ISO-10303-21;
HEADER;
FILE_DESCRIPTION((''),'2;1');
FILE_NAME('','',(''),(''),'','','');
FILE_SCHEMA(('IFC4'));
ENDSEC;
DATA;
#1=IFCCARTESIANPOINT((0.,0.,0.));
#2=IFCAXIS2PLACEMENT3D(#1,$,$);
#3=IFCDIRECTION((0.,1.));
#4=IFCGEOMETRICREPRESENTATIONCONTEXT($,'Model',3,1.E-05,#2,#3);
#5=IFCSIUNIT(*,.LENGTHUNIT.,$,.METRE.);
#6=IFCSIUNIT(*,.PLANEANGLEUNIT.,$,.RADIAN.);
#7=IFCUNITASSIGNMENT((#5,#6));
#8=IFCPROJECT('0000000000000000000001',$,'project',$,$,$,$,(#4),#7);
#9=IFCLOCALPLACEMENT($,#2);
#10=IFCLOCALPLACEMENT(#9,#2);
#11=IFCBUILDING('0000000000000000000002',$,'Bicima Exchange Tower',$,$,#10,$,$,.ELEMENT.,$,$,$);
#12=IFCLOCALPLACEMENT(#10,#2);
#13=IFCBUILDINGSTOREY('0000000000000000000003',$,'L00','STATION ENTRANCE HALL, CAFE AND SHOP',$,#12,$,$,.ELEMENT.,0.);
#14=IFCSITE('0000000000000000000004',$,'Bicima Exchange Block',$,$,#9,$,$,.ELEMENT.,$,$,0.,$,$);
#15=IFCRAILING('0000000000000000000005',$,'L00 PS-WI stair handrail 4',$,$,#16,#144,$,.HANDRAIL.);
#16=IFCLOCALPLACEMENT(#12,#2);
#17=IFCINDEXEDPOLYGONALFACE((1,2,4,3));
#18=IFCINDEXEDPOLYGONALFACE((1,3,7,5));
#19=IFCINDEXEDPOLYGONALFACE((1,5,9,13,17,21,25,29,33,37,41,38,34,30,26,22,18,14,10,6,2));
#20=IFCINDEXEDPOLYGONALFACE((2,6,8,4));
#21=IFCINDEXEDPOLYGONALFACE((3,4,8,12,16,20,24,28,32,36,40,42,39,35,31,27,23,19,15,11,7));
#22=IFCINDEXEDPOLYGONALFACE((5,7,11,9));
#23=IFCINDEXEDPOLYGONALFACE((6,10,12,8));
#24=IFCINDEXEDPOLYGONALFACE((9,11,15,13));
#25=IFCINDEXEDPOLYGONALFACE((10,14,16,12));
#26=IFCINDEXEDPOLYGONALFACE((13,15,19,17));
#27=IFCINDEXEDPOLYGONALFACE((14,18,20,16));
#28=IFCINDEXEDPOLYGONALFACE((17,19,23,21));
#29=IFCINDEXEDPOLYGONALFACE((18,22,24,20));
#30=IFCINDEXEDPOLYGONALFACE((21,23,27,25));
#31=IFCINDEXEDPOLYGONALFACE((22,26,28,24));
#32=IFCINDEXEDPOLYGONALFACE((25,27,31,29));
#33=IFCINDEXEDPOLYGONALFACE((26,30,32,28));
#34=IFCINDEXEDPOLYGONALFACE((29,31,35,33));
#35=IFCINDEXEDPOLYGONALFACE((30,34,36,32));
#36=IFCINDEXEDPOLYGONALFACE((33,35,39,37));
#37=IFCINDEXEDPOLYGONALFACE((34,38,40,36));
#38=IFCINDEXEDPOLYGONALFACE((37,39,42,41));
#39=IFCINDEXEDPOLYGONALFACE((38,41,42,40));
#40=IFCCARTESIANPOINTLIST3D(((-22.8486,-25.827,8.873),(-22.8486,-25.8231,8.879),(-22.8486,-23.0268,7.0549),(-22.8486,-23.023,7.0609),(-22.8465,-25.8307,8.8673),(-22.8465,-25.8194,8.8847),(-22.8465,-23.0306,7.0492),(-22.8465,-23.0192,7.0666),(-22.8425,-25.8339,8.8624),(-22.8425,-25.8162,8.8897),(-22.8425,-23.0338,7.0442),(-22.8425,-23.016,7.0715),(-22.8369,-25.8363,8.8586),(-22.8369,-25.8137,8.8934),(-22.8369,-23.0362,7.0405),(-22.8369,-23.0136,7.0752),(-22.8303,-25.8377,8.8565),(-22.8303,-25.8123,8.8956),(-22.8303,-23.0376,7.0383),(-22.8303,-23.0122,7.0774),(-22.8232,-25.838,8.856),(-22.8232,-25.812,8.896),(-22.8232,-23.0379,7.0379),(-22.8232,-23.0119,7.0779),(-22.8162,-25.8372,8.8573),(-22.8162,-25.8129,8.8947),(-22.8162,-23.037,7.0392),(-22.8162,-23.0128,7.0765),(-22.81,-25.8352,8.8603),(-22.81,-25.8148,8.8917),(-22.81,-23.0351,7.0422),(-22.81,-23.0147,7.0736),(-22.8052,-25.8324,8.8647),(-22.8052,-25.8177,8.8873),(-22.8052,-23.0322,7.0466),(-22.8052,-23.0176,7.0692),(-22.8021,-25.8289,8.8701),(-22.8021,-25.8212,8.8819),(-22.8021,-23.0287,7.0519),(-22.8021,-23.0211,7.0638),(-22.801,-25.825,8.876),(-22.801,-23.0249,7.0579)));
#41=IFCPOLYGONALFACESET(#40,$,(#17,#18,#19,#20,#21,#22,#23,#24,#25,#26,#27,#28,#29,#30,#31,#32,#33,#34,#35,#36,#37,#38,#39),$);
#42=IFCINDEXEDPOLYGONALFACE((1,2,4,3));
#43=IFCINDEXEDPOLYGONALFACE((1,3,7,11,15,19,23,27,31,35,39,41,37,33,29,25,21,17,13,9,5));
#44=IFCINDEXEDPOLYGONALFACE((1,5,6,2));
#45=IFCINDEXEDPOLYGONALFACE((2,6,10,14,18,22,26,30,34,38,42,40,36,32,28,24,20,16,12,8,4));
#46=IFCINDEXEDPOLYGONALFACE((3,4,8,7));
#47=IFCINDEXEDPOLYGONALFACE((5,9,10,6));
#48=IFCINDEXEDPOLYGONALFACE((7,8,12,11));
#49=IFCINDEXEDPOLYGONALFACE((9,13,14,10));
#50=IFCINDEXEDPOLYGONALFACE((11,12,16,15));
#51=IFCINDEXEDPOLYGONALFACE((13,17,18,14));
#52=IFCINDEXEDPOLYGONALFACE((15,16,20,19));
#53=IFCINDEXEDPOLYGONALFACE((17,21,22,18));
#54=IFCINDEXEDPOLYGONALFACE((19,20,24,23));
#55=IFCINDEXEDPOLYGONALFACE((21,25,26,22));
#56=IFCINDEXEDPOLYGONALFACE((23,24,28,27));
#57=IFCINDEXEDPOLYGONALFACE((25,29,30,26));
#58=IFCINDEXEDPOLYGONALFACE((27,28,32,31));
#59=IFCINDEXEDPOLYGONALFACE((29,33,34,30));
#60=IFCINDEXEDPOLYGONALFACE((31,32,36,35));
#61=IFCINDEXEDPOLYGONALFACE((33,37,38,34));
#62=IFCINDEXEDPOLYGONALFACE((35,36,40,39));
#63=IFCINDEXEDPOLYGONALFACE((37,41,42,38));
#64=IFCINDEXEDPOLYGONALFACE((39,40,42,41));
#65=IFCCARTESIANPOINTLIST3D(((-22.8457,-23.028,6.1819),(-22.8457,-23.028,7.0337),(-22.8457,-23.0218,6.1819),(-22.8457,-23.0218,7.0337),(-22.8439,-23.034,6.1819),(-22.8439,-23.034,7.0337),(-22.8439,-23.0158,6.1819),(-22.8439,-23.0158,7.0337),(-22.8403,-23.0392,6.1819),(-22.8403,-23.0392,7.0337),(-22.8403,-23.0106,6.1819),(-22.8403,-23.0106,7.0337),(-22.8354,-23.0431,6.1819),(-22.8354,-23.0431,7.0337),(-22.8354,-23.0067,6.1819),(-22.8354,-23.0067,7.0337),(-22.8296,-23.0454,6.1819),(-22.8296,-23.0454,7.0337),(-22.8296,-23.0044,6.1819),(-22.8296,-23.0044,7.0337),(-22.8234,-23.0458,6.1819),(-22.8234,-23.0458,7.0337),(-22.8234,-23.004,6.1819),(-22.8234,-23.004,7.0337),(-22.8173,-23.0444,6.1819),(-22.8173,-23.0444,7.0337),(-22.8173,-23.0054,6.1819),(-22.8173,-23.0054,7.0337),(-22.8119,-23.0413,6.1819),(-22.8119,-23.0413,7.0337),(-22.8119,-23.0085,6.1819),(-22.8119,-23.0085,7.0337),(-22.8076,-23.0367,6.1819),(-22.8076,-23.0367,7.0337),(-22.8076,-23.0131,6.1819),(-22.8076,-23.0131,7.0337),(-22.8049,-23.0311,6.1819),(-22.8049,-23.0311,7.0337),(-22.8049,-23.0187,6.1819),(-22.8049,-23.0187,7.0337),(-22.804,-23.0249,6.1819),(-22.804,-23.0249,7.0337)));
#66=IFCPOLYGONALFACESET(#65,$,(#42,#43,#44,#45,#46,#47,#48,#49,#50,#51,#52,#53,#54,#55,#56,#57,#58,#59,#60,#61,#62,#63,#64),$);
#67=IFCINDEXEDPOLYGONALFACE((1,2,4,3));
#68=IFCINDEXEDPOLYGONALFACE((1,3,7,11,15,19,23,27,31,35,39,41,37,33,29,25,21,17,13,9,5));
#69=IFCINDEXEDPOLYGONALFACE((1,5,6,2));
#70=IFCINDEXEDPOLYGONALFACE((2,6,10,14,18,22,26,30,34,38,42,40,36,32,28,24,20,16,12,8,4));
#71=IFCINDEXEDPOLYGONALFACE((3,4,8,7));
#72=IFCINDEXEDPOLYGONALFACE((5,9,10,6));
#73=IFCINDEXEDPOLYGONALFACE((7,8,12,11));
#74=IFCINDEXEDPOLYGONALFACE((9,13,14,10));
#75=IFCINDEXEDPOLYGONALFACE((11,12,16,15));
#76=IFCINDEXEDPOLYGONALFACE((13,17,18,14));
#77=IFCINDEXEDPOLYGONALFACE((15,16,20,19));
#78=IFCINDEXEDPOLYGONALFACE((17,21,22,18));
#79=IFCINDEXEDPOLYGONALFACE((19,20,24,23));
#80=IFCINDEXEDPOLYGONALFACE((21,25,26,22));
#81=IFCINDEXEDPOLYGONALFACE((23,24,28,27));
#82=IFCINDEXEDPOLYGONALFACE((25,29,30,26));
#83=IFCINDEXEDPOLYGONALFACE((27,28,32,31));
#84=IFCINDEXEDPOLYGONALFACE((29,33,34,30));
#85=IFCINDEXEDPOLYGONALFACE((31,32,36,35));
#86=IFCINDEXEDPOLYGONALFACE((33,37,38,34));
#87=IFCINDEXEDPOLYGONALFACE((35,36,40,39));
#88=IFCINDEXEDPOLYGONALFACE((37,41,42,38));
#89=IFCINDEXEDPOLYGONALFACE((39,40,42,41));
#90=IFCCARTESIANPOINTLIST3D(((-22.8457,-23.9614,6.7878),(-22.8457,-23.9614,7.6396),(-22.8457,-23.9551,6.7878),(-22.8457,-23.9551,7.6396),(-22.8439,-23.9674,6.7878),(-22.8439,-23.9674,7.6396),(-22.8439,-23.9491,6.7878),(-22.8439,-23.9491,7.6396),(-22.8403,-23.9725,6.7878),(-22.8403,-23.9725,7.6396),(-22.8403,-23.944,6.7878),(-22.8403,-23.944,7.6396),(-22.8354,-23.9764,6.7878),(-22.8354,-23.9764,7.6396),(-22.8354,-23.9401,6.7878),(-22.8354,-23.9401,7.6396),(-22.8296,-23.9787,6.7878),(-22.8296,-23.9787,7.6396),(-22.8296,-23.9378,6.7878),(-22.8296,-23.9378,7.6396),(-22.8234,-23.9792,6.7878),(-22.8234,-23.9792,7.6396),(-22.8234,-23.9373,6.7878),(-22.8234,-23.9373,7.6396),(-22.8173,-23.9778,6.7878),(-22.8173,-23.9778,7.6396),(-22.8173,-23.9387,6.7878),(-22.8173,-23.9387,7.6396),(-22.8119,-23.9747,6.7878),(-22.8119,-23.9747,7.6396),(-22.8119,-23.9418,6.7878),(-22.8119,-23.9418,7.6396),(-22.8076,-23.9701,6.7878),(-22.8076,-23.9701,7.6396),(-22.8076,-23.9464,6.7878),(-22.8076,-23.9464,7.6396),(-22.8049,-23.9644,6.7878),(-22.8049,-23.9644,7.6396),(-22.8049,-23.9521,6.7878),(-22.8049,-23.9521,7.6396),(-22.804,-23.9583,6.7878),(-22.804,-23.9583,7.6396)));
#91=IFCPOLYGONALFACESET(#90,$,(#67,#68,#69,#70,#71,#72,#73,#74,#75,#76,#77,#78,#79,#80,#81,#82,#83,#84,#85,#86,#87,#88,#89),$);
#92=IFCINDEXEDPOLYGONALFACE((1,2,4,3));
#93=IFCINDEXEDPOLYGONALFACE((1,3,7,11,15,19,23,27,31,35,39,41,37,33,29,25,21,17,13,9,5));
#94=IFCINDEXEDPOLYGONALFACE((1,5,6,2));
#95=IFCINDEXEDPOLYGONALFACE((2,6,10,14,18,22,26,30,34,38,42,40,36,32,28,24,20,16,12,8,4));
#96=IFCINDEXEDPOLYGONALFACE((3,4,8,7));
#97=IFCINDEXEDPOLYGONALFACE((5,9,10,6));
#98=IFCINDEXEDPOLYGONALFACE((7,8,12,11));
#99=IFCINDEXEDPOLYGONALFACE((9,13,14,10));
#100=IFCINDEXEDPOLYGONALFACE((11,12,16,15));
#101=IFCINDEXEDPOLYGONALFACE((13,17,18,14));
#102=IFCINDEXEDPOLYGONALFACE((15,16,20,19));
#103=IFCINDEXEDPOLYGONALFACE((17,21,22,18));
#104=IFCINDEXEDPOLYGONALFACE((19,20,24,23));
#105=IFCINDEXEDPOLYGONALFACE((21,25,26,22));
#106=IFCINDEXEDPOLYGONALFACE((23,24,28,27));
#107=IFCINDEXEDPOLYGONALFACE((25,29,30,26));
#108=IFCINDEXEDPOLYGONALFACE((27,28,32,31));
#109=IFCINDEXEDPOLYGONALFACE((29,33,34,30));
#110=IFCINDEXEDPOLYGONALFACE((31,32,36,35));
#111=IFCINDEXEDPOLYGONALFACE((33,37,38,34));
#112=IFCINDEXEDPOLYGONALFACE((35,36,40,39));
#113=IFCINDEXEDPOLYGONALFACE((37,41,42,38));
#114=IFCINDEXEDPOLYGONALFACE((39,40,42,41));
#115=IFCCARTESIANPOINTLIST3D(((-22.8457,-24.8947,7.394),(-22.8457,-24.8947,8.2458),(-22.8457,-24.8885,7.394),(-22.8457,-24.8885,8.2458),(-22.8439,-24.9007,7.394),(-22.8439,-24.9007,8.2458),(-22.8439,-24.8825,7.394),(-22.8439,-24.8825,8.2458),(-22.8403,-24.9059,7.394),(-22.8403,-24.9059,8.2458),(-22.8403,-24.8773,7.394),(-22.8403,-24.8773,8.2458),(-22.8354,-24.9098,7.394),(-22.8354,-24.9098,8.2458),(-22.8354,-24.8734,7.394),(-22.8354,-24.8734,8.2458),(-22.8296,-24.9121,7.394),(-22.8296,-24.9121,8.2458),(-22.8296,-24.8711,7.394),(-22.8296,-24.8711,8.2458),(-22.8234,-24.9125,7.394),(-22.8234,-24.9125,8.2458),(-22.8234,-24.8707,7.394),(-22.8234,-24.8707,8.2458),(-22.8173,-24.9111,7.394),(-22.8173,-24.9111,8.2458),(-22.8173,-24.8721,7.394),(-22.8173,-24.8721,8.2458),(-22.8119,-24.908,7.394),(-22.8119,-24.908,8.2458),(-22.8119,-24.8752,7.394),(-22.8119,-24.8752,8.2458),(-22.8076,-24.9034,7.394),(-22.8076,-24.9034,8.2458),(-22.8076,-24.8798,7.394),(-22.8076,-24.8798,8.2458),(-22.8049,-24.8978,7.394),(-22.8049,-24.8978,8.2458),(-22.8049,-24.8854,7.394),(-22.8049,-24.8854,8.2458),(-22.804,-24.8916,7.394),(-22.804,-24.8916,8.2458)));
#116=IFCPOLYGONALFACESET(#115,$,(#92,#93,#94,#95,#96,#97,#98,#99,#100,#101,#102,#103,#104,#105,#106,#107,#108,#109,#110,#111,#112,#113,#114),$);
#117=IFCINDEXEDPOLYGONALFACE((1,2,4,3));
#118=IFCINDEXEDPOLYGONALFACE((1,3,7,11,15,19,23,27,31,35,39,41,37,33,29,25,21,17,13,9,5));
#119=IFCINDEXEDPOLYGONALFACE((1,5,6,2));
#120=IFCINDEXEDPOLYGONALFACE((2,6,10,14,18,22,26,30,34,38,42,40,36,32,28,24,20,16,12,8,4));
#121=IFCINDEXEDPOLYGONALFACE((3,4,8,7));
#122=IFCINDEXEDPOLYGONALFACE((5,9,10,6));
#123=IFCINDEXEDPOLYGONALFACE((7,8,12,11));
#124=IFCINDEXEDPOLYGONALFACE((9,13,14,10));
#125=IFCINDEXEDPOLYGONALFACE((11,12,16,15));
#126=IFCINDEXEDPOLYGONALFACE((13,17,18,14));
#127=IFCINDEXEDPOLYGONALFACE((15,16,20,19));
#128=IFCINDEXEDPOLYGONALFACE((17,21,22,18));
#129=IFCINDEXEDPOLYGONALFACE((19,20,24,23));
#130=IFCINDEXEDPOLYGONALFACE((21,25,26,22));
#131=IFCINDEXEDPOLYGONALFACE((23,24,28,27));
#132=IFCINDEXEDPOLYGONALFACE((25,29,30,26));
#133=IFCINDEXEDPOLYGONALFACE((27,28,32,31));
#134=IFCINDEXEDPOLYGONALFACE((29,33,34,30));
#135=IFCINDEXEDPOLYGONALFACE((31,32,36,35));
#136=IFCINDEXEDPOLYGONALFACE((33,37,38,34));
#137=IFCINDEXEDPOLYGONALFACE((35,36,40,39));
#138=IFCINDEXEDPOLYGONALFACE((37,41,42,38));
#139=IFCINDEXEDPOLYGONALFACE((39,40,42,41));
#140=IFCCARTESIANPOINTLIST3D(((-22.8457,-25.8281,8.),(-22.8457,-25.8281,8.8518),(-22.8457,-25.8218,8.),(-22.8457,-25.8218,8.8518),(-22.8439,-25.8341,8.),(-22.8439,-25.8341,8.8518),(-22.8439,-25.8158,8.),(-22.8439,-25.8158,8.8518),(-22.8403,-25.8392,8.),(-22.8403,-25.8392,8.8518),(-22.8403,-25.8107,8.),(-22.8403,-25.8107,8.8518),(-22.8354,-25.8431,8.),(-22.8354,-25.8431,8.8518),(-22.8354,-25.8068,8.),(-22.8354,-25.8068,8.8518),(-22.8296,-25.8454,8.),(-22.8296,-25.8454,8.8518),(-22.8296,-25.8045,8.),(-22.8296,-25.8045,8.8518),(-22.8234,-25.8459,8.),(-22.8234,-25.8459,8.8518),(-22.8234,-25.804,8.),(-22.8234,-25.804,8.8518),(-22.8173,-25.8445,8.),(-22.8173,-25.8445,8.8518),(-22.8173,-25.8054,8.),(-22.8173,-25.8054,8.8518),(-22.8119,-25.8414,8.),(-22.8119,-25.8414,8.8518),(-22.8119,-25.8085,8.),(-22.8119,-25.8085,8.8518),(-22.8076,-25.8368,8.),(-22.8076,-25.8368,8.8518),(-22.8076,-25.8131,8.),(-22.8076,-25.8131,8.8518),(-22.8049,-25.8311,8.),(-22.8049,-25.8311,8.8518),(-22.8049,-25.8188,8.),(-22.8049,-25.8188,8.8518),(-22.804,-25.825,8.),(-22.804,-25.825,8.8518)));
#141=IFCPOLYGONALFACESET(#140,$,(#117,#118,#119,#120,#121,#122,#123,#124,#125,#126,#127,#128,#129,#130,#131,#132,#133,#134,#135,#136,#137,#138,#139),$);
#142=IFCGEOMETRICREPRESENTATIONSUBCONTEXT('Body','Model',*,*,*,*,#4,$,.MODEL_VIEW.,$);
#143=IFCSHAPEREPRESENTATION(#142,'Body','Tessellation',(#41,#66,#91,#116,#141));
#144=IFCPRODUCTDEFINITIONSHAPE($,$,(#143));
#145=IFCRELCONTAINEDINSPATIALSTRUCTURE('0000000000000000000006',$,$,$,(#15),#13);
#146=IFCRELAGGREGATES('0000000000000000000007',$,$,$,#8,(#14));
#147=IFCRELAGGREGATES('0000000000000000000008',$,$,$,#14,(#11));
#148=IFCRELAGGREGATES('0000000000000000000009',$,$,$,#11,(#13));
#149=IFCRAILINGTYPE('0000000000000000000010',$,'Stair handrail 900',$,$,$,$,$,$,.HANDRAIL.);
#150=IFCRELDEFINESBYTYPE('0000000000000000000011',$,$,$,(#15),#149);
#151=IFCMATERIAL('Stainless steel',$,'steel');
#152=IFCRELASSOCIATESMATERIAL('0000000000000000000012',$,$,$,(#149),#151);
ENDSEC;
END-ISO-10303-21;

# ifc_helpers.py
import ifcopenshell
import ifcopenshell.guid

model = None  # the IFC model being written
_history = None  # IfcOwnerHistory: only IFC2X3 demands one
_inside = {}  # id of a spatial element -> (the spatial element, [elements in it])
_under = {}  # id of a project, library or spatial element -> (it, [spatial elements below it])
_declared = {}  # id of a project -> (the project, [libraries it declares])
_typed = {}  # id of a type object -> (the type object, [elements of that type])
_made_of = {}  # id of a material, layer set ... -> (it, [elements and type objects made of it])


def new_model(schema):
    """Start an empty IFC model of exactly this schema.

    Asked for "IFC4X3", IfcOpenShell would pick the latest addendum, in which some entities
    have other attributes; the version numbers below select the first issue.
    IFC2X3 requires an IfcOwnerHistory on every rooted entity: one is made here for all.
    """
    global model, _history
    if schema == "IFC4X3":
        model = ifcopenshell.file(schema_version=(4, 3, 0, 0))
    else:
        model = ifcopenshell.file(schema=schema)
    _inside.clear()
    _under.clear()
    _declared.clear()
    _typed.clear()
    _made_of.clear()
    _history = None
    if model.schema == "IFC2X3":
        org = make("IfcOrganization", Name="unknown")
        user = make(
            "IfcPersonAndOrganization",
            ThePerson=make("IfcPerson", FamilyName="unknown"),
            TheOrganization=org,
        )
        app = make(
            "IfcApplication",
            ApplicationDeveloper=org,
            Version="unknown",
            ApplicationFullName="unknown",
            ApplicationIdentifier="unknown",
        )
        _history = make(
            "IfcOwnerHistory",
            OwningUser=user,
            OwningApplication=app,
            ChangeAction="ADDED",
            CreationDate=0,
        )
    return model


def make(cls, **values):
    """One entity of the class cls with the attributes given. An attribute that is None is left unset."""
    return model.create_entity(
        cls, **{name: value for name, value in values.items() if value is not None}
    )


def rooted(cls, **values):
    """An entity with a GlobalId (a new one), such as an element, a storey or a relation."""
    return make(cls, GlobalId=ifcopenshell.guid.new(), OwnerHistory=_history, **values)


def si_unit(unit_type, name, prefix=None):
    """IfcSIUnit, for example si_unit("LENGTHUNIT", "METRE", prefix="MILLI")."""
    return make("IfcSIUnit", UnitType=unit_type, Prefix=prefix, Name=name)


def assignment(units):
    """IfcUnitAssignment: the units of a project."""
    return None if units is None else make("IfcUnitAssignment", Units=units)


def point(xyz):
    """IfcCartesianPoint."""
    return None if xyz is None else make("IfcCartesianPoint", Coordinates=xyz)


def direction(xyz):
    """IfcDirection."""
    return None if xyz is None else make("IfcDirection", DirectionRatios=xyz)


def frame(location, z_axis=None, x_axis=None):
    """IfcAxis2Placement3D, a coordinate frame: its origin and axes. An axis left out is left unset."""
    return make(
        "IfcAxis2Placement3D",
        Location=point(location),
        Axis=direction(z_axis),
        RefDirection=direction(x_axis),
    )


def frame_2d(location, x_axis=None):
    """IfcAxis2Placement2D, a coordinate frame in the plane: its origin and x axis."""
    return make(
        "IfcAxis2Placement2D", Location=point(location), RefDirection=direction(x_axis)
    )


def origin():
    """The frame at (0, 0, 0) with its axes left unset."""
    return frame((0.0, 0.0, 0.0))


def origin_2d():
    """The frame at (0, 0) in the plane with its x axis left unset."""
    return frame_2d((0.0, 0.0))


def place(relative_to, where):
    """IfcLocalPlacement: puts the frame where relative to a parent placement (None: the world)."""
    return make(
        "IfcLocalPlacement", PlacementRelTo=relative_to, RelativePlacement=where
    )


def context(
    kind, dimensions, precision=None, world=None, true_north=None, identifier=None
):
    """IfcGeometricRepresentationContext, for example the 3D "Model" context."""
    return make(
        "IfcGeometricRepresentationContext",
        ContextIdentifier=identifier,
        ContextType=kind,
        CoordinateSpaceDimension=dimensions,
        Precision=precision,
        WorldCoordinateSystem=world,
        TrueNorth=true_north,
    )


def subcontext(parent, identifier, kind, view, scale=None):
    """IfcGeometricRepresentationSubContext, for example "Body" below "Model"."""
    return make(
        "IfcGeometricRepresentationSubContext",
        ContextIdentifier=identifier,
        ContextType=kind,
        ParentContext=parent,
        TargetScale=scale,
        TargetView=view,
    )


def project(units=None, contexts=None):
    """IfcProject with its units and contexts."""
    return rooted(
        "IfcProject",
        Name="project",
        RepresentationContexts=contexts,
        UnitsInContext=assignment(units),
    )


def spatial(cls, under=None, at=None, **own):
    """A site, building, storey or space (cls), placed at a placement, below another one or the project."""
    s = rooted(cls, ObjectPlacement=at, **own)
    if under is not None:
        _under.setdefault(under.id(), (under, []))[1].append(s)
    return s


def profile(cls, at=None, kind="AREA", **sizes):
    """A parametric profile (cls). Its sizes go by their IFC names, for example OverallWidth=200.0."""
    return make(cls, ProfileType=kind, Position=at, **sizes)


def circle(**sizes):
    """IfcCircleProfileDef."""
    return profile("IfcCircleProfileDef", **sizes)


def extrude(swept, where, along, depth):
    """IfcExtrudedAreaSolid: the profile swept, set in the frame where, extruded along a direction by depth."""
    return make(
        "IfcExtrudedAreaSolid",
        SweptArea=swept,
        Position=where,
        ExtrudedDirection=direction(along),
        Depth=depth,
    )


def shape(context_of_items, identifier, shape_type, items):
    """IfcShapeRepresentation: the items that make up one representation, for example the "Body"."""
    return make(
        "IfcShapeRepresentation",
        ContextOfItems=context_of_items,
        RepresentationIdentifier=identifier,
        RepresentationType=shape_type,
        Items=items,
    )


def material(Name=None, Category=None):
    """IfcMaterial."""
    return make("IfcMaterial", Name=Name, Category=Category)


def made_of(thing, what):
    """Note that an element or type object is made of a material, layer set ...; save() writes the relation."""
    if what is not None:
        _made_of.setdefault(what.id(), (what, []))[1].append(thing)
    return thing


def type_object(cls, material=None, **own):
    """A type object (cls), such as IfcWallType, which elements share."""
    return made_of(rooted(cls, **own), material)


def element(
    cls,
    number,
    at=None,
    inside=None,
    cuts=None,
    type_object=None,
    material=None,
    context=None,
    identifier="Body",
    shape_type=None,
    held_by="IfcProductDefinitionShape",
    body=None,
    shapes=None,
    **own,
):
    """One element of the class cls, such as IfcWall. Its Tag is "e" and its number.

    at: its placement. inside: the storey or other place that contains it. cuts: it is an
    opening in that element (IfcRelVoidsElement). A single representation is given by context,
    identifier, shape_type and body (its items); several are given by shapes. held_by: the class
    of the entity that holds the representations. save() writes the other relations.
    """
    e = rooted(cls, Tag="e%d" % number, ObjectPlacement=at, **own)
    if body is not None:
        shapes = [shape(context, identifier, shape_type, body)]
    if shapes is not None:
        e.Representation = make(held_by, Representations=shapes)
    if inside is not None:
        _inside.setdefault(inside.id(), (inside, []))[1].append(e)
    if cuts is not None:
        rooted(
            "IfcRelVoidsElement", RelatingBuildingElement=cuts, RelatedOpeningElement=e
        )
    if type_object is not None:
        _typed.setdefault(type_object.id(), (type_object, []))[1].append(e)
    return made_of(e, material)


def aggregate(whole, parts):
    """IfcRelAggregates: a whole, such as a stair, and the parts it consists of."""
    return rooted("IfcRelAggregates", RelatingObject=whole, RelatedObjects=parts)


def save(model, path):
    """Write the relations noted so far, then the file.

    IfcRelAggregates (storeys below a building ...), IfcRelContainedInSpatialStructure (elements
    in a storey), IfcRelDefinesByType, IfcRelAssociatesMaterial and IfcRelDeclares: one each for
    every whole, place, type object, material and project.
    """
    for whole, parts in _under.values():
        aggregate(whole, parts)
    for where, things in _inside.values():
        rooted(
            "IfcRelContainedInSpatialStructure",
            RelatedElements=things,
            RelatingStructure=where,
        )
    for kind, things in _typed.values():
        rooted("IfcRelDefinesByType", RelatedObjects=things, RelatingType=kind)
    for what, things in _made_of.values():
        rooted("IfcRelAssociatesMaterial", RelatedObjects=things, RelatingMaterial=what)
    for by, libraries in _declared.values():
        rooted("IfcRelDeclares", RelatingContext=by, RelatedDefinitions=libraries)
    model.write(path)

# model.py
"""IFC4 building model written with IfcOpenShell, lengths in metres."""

from ifc_helpers import new_model, si_unit, direction, frame, origin, origin_2d, place, context, subcontext, project, spatial, circle, extrude, material, type_object, element, save


model = new_model("IFC4")

# Units and contexts
model_context = context("Model", 3, precision=1e-05, world=origin(), true_north=direction((0.0, 1.0)))
body_context = subcontext(model_context, "Body", "Model", "MODEL_VIEW")
ifc_project = project(units=[si_unit("LENGTHUNIT", "METRE"), si_unit("PLANEANGLEUNIT", "RADIAN")], contexts=[model_context])

# Site, building, storey
site_placement = place(None, origin())
site = spatial("IfcSite", under=ifc_project, at=site_placement, Name="Bicima Exchange Block", CompositionType="ELEMENT", RefElevation=0.0)
building_placement = place(site_placement, origin())
building = spatial("IfcBuilding", under=site, at=building_placement, Name="Bicima Exchange Tower", CompositionType="ELEMENT")
storey_placement = place(building_placement, origin())
storey = spatial("IfcBuildingStorey", under=building, at=storey_placement, Name="L00", Description="STATION ENTRANCE HALL, CAFE AND SHOP", CompositionType="ELEMENT", Elevation=0.0)

# Railing
ifc_material_1 = material(Name="Stainless steel", Category="steel")
railing_type_1 = type_object("IfcRailingType", Name="Stair handrail 900", PredefinedType="HANDRAIL", material=ifc_material_1)
for number, where, name in (
    (1, (-22.825, -23.0249, 6.1819), "L00 PS-WI stair handrail 4"),
):
    element("IfcRailing", number, at=place(storey_placement, frame(where)), inside=storey, type_object=railing_type_1, Name=name, PredefinedType="HANDRAIL", context=body_context, shape_type="SweptSolid", body=[
        extrude(circle(Radius=0.0239, at=origin_2d()), frame((0.0, 0.0, 0.876), z_axis=(0.0, -0.838706, 0.544585), x_axis=(1.0, 0.0, 0.0)), (0.0, 0.0, 1.0), 3.3386),
        extrude(circle(Radius=0.021, at=origin_2d()), origin(), (0.0, 0.0, 1.0), 0.8518),
        extrude(circle(Radius=0.021, at=origin_2d()), frame((0.0, -0.9333, 0.606)), (0.0, 0.0, 1.0), 0.8518),
        extrude(circle(Radius=0.021, at=origin_2d()), frame((0.0, -1.8667, 1.2122)), (0.0, 0.0, 1.0), 0.8518),
        extrude(circle(Radius=0.021, at=origin_2d()), frame((0.0, -2.8, 1.8181)), (0.0, 0.0, 1.0), 0.8518),
    ])

save(model, "model.ifc")
